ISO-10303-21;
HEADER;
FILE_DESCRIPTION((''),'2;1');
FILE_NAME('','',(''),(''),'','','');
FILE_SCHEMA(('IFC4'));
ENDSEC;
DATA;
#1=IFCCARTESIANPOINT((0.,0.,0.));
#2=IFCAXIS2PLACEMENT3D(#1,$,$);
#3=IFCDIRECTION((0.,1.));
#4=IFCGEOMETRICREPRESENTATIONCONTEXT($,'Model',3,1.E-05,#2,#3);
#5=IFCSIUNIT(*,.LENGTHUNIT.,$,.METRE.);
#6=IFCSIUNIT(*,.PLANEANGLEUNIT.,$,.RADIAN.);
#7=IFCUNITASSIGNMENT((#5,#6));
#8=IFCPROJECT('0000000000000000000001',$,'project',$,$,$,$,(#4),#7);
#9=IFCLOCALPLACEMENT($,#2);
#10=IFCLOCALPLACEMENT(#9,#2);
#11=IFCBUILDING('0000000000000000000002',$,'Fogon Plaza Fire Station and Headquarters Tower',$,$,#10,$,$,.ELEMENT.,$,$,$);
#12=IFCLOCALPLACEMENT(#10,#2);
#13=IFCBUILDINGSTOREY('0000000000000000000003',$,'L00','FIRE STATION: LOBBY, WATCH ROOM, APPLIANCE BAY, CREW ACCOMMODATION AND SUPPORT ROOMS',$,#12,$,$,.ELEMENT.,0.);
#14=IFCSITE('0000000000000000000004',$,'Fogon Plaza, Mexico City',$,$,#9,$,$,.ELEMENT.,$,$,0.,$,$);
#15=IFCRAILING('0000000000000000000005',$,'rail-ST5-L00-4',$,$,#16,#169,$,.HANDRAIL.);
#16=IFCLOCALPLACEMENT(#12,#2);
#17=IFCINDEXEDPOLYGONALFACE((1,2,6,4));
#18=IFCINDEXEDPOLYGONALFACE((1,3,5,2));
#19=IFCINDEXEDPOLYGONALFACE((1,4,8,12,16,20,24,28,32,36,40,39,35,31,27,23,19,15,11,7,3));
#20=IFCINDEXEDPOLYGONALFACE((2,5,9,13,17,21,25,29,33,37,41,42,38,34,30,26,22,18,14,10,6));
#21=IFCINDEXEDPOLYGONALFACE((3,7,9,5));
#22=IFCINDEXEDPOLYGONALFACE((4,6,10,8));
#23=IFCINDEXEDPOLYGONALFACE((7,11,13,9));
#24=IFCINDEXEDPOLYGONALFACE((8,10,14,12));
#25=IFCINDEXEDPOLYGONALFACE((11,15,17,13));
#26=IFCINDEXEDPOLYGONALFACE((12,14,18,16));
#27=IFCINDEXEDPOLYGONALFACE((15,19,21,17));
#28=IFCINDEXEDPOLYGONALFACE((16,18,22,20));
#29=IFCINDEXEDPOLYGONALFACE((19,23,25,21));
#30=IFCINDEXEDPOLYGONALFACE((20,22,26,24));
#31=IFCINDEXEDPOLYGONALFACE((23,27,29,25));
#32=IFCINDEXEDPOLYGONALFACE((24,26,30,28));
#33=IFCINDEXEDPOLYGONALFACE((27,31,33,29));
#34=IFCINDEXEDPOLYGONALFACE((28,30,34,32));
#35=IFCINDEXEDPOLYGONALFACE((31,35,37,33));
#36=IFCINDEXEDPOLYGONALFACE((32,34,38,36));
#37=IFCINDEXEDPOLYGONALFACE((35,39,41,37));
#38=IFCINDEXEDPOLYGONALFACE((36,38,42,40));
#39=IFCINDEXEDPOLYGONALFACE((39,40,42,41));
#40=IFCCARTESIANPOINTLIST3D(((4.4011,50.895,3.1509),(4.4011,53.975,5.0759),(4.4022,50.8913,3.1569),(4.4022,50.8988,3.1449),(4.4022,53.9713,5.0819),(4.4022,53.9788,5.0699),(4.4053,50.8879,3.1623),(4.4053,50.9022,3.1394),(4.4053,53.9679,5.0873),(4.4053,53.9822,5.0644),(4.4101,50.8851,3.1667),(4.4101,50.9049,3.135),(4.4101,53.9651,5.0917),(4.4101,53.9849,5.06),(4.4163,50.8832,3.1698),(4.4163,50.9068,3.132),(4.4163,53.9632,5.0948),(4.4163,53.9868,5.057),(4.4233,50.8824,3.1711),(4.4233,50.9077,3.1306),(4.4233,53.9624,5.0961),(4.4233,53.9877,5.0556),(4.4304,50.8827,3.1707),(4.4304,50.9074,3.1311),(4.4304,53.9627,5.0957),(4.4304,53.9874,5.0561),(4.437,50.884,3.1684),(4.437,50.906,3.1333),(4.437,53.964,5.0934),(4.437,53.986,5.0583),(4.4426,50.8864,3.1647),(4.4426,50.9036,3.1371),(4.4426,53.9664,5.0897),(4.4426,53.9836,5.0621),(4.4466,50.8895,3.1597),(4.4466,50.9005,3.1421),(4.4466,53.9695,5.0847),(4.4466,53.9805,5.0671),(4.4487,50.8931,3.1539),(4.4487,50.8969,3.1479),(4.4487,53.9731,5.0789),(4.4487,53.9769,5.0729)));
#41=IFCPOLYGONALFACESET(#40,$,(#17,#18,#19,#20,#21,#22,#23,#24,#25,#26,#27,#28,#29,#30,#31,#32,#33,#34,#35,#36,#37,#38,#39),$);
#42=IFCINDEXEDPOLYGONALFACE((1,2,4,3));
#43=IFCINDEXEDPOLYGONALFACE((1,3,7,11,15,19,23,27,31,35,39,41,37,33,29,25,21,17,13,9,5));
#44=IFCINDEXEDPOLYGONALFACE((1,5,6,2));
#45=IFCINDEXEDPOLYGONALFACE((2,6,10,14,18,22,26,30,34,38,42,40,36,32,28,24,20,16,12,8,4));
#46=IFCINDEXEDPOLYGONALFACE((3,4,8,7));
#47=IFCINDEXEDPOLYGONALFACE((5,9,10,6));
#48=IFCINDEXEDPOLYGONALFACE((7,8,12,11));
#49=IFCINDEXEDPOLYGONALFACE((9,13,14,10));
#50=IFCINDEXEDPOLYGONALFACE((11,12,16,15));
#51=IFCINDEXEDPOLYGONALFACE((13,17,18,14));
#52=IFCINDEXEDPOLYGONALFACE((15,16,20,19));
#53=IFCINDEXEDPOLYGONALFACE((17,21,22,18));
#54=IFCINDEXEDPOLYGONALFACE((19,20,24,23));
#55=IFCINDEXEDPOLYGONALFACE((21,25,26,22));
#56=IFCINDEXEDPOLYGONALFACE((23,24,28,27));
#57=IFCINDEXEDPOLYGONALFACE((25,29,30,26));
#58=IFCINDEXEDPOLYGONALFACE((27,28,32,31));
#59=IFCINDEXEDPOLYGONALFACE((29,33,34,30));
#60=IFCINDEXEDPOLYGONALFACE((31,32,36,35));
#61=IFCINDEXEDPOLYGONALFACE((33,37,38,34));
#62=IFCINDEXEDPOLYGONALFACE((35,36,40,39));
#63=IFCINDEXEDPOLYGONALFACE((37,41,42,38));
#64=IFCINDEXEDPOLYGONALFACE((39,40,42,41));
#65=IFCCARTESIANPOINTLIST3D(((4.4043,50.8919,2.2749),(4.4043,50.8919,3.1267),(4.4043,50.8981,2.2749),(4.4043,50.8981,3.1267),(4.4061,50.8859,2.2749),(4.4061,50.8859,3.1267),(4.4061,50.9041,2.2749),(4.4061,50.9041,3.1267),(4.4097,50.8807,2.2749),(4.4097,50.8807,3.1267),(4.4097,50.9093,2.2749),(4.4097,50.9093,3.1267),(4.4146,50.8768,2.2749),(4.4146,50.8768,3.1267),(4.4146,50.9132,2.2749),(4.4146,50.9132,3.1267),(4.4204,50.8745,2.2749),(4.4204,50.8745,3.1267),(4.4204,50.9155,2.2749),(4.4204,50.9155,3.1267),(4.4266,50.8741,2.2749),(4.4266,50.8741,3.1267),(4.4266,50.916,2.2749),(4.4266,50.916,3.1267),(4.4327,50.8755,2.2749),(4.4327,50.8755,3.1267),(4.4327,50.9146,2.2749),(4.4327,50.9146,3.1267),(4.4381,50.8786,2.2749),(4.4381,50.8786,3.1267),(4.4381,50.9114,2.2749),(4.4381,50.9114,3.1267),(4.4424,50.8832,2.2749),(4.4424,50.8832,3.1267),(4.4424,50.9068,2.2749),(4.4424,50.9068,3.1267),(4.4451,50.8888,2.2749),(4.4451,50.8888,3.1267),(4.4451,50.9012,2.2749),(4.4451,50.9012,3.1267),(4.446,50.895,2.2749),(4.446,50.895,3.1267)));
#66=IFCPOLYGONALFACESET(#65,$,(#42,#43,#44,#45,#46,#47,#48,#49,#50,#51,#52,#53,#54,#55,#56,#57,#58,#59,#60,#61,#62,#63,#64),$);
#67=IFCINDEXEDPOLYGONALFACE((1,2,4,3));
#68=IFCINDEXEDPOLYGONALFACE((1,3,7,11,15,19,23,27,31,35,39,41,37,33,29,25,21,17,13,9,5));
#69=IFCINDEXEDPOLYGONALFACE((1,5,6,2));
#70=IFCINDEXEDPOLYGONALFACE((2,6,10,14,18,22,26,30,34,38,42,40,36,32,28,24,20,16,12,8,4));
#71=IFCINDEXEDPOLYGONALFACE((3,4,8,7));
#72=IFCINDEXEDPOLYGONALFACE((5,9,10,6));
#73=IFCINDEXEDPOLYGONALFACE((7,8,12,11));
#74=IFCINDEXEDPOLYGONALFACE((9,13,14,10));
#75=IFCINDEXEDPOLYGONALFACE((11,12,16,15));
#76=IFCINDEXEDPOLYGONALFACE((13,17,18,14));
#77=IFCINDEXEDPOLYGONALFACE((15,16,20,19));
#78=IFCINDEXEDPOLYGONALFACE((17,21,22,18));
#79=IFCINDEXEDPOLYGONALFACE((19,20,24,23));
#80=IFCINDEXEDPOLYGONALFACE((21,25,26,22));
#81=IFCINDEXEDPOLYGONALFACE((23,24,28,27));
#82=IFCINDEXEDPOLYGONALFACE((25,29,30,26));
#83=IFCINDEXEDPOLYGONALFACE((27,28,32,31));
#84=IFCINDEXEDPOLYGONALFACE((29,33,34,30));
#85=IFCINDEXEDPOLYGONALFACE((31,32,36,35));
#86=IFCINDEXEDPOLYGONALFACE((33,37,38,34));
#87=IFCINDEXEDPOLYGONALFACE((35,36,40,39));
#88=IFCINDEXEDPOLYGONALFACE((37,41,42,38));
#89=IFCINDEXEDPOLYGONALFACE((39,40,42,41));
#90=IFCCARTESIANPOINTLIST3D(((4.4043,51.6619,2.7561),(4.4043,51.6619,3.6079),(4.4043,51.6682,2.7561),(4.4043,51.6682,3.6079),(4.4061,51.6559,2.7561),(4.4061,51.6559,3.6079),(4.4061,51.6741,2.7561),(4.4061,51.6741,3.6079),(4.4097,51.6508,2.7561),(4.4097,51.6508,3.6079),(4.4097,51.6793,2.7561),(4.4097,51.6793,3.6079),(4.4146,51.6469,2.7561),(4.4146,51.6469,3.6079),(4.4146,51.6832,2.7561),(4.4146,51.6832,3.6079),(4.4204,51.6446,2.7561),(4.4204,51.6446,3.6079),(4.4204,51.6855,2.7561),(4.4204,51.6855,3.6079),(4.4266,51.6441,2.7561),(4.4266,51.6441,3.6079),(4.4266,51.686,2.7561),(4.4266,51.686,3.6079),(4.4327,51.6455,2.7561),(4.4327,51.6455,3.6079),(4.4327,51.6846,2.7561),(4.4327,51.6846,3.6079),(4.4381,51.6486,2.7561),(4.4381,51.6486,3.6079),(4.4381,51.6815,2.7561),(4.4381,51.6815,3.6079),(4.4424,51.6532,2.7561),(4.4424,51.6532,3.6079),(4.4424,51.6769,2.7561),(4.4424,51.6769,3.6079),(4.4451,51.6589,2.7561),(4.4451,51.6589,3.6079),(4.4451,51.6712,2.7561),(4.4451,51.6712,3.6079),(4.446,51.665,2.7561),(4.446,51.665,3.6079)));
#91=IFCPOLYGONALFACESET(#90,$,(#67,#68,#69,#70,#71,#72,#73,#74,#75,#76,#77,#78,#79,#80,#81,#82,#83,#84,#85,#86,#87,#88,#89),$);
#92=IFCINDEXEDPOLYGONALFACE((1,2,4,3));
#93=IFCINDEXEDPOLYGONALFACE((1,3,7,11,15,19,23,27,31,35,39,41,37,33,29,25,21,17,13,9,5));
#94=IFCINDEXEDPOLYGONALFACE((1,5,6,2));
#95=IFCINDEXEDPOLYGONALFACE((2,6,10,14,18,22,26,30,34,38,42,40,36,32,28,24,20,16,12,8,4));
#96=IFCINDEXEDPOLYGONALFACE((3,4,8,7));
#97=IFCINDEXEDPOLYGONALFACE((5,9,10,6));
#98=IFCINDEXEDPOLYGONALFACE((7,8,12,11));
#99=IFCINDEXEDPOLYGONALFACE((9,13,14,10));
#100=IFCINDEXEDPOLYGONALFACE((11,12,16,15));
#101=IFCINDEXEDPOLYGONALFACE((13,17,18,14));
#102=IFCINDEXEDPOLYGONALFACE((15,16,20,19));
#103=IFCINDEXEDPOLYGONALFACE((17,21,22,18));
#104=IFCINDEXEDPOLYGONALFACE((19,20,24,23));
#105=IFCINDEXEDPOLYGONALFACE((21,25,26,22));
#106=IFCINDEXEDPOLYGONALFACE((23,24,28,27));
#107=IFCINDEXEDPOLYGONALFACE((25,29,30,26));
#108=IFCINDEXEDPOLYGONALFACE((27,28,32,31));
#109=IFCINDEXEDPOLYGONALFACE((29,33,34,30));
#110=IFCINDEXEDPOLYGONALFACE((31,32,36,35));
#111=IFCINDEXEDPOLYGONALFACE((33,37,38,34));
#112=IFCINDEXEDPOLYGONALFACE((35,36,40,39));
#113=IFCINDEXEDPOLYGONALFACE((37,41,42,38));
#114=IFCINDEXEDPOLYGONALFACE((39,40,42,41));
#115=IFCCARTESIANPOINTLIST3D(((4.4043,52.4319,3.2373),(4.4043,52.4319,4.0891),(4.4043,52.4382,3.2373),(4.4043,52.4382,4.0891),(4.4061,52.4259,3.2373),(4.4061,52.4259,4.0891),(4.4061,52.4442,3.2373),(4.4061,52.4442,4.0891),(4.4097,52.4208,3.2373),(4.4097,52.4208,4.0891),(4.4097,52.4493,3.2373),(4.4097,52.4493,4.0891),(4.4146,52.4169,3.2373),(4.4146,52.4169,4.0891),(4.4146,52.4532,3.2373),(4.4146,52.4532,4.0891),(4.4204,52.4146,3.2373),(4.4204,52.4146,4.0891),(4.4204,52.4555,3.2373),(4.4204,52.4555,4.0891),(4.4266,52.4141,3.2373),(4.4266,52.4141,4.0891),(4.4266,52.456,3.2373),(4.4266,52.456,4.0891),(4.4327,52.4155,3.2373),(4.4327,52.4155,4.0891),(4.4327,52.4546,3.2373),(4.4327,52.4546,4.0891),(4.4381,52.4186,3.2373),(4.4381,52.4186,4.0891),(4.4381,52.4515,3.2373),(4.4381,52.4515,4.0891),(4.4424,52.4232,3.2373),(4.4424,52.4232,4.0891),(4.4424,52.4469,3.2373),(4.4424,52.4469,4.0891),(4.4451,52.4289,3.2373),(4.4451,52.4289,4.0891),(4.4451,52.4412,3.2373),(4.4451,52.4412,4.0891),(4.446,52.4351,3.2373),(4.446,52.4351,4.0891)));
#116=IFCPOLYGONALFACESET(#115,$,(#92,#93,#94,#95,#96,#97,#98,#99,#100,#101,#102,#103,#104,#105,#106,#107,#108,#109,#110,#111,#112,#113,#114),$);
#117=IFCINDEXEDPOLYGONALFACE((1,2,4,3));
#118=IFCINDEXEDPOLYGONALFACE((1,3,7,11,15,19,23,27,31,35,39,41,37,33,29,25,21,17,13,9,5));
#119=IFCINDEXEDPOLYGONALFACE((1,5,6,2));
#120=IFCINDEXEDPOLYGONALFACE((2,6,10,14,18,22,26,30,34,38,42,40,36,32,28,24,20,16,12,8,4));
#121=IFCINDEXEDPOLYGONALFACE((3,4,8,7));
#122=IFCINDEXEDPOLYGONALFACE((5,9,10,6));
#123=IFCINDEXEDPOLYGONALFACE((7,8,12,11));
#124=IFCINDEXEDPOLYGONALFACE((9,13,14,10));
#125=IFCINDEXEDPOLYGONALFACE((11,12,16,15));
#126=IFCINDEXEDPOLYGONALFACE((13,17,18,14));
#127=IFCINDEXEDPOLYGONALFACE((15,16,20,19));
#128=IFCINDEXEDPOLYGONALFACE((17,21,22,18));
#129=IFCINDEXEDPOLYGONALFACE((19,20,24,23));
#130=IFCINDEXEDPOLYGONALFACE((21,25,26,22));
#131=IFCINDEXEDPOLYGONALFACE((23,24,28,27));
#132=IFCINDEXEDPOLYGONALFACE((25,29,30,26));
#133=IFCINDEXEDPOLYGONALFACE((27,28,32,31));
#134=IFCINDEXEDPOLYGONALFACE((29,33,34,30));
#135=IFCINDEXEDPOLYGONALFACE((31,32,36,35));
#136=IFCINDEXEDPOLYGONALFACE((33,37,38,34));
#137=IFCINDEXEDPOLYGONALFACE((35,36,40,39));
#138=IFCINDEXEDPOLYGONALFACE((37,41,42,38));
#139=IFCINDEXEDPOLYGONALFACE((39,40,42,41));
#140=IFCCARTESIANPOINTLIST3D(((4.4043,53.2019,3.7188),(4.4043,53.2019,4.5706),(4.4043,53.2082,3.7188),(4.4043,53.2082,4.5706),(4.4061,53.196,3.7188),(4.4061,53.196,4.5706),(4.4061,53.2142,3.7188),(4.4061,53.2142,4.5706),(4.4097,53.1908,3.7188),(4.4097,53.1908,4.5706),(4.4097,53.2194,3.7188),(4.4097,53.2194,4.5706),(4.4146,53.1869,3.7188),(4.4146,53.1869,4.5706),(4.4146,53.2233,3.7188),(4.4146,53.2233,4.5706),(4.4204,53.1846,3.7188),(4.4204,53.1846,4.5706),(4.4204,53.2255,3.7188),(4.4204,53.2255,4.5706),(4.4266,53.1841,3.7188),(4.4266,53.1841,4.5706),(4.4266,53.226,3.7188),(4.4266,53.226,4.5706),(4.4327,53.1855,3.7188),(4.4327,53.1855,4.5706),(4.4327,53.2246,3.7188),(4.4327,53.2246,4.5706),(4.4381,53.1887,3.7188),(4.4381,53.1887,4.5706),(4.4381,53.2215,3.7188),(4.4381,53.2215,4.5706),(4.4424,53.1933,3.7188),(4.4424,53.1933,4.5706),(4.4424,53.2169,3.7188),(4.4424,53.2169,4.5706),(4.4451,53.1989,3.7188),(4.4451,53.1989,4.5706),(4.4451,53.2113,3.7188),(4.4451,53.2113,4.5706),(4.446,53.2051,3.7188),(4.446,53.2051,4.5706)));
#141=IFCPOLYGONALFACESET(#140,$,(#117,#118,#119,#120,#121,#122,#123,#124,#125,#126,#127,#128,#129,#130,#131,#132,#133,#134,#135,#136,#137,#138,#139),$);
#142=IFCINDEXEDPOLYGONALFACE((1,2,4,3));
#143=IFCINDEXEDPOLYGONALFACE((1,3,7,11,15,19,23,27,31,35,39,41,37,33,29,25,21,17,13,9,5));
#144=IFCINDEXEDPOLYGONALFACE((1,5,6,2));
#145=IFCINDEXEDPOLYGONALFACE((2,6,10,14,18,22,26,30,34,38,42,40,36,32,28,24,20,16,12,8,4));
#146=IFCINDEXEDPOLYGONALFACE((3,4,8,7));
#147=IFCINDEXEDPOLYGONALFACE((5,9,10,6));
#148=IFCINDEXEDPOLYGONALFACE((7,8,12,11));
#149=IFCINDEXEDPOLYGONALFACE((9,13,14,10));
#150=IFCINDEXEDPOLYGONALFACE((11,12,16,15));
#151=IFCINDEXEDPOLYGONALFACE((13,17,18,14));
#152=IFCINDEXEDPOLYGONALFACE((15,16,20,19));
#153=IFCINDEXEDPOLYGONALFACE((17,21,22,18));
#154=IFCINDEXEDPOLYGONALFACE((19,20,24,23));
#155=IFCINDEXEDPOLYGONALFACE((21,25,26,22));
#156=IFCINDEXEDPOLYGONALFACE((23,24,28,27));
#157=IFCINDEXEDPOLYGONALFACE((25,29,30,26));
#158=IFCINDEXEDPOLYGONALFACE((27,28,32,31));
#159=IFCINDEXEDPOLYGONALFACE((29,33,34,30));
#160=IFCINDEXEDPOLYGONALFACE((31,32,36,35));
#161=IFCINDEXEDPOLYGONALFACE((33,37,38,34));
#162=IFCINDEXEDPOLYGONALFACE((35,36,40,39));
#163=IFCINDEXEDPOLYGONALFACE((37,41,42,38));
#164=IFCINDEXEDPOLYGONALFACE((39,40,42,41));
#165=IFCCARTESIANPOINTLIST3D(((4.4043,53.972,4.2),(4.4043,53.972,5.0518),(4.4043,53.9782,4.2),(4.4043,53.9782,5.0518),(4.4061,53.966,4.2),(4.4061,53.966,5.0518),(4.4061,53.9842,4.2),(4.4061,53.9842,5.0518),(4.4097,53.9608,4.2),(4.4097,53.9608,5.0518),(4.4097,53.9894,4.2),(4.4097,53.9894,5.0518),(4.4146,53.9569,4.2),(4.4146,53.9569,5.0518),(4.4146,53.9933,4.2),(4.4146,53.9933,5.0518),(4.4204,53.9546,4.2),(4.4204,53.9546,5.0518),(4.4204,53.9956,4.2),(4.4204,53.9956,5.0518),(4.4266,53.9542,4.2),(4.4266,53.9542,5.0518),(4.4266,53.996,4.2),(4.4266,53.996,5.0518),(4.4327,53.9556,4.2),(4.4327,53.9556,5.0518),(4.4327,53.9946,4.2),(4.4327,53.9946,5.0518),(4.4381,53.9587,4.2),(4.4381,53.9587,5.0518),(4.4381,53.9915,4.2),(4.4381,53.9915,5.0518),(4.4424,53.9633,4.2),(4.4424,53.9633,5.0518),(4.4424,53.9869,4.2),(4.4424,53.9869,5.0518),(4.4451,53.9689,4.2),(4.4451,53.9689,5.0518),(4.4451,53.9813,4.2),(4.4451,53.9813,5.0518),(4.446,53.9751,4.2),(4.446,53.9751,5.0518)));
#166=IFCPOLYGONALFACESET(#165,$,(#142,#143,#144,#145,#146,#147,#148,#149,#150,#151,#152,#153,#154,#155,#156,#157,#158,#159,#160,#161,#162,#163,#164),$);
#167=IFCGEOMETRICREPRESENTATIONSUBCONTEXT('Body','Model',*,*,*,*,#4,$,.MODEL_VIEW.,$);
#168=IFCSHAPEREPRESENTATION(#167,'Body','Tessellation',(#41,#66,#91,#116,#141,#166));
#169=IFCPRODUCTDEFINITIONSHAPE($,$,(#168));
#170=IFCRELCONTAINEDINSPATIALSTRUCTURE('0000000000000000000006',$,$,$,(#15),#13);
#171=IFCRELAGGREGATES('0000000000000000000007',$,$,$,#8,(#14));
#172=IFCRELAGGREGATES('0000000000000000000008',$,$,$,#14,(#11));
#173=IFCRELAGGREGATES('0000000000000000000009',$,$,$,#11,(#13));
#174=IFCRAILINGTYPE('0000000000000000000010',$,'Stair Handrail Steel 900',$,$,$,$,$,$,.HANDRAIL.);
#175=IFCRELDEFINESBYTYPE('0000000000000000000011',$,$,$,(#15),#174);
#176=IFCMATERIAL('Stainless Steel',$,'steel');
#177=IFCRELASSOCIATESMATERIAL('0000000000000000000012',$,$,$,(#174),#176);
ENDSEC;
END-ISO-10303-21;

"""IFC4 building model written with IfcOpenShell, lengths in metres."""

from ifc_helpers import new_model, si_unit, direction, frame, origin, origin_2d, place, context, subcontext, project, spatial, circle, extrude, material, type_object, element, save


model = new_model("IFC4")

# Units and contexts
model_context = context("Model", 3, precision=1e-05, world=origin(), true_north=direction((0.0, 1.0)))
body_context = subcontext(model_context, "Body", "Model", "MODEL_VIEW")
ifc_project = project(units=[si_unit("LENGTHUNIT", "METRE"), si_unit("PLANEANGLEUNIT", "RADIAN")], contexts=[model_context])

# Site, building, storey
site_placement = place(None, origin())
site = spatial("IfcSite", under=ifc_project, at=site_placement, Name="Fogon Plaza, Mexico City", CompositionType="ELEMENT", RefElevation=0.0)
building_placement = place(site_placement, origin())
building = spatial("IfcBuilding", under=site, at=building_placement, Name="Fogon Plaza Fire Station and Headquarters Tower", CompositionType="ELEMENT")
storey_placement = place(building_placement, origin())
storey = spatial("IfcBuildingStorey", under=building, at=storey_placement, Name="L00", Description="FIRE STATION: LOBBY, WATCH ROOM, APPLIANCE BAY, CREW ACCOMMODATION AND SUPPORT ROOMS", CompositionType="ELEMENT", Elevation=0.0)

# Railing
ifc_material_1 = material(Name="Stainless Steel", Category="steel")
railing_type_1 = type_object("IfcRailingType", Name="Stair Handrail Steel 900", PredefinedType="HANDRAIL", material=ifc_material_1)
railing_1_placement = place(storey_placement, frame((4.425, 50.895, 2.2749)))
element("IfcRailing", 1, at=railing_1_placement, inside=storey, type_object=railing_type_1, Name="rail-ST5-L00-4", PredefinedType="HANDRAIL", context=body_context, shape_type="SweptSolid", body=[
    extrude(circle(Radius=0.0239, at=origin_2d()), frame((0.0, 0.0, 0.876), z_axis=(0.0, 0.847998, 0.529999), x_axis=(-1.0, 0.0, 0.0)), (0.0, 0.0, 1.0), 3.6321),
    extrude(circle(Radius=0.021, at=origin_2d()), origin(), (0.0, 0.0, 1.0), 0.8518),
    extrude(circle(Radius=0.021, at=origin_2d()), frame((0.0, 0.77, 0.4812)), (0.0, 0.0, 1.0), 0.8518),
    extrude(circle(Radius=0.021, at=origin_2d()), frame((0.0, 1.54, 0.9624)), (0.0, 0.0, 1.0), 0.8518),
    extrude(circle(Radius=0.021, at=origin_2d()), frame((0.0, 2.3101, 1.4438)), (0.0, 0.0, 1.0), 0.8518),
    extrude(circle(Radius=0.021, at=origin_2d()), frame((0.0, 3.0801, 1.925)), (0.0, 0.0, 1.0), 0.8518),
])

save(model, "model.ifc")
